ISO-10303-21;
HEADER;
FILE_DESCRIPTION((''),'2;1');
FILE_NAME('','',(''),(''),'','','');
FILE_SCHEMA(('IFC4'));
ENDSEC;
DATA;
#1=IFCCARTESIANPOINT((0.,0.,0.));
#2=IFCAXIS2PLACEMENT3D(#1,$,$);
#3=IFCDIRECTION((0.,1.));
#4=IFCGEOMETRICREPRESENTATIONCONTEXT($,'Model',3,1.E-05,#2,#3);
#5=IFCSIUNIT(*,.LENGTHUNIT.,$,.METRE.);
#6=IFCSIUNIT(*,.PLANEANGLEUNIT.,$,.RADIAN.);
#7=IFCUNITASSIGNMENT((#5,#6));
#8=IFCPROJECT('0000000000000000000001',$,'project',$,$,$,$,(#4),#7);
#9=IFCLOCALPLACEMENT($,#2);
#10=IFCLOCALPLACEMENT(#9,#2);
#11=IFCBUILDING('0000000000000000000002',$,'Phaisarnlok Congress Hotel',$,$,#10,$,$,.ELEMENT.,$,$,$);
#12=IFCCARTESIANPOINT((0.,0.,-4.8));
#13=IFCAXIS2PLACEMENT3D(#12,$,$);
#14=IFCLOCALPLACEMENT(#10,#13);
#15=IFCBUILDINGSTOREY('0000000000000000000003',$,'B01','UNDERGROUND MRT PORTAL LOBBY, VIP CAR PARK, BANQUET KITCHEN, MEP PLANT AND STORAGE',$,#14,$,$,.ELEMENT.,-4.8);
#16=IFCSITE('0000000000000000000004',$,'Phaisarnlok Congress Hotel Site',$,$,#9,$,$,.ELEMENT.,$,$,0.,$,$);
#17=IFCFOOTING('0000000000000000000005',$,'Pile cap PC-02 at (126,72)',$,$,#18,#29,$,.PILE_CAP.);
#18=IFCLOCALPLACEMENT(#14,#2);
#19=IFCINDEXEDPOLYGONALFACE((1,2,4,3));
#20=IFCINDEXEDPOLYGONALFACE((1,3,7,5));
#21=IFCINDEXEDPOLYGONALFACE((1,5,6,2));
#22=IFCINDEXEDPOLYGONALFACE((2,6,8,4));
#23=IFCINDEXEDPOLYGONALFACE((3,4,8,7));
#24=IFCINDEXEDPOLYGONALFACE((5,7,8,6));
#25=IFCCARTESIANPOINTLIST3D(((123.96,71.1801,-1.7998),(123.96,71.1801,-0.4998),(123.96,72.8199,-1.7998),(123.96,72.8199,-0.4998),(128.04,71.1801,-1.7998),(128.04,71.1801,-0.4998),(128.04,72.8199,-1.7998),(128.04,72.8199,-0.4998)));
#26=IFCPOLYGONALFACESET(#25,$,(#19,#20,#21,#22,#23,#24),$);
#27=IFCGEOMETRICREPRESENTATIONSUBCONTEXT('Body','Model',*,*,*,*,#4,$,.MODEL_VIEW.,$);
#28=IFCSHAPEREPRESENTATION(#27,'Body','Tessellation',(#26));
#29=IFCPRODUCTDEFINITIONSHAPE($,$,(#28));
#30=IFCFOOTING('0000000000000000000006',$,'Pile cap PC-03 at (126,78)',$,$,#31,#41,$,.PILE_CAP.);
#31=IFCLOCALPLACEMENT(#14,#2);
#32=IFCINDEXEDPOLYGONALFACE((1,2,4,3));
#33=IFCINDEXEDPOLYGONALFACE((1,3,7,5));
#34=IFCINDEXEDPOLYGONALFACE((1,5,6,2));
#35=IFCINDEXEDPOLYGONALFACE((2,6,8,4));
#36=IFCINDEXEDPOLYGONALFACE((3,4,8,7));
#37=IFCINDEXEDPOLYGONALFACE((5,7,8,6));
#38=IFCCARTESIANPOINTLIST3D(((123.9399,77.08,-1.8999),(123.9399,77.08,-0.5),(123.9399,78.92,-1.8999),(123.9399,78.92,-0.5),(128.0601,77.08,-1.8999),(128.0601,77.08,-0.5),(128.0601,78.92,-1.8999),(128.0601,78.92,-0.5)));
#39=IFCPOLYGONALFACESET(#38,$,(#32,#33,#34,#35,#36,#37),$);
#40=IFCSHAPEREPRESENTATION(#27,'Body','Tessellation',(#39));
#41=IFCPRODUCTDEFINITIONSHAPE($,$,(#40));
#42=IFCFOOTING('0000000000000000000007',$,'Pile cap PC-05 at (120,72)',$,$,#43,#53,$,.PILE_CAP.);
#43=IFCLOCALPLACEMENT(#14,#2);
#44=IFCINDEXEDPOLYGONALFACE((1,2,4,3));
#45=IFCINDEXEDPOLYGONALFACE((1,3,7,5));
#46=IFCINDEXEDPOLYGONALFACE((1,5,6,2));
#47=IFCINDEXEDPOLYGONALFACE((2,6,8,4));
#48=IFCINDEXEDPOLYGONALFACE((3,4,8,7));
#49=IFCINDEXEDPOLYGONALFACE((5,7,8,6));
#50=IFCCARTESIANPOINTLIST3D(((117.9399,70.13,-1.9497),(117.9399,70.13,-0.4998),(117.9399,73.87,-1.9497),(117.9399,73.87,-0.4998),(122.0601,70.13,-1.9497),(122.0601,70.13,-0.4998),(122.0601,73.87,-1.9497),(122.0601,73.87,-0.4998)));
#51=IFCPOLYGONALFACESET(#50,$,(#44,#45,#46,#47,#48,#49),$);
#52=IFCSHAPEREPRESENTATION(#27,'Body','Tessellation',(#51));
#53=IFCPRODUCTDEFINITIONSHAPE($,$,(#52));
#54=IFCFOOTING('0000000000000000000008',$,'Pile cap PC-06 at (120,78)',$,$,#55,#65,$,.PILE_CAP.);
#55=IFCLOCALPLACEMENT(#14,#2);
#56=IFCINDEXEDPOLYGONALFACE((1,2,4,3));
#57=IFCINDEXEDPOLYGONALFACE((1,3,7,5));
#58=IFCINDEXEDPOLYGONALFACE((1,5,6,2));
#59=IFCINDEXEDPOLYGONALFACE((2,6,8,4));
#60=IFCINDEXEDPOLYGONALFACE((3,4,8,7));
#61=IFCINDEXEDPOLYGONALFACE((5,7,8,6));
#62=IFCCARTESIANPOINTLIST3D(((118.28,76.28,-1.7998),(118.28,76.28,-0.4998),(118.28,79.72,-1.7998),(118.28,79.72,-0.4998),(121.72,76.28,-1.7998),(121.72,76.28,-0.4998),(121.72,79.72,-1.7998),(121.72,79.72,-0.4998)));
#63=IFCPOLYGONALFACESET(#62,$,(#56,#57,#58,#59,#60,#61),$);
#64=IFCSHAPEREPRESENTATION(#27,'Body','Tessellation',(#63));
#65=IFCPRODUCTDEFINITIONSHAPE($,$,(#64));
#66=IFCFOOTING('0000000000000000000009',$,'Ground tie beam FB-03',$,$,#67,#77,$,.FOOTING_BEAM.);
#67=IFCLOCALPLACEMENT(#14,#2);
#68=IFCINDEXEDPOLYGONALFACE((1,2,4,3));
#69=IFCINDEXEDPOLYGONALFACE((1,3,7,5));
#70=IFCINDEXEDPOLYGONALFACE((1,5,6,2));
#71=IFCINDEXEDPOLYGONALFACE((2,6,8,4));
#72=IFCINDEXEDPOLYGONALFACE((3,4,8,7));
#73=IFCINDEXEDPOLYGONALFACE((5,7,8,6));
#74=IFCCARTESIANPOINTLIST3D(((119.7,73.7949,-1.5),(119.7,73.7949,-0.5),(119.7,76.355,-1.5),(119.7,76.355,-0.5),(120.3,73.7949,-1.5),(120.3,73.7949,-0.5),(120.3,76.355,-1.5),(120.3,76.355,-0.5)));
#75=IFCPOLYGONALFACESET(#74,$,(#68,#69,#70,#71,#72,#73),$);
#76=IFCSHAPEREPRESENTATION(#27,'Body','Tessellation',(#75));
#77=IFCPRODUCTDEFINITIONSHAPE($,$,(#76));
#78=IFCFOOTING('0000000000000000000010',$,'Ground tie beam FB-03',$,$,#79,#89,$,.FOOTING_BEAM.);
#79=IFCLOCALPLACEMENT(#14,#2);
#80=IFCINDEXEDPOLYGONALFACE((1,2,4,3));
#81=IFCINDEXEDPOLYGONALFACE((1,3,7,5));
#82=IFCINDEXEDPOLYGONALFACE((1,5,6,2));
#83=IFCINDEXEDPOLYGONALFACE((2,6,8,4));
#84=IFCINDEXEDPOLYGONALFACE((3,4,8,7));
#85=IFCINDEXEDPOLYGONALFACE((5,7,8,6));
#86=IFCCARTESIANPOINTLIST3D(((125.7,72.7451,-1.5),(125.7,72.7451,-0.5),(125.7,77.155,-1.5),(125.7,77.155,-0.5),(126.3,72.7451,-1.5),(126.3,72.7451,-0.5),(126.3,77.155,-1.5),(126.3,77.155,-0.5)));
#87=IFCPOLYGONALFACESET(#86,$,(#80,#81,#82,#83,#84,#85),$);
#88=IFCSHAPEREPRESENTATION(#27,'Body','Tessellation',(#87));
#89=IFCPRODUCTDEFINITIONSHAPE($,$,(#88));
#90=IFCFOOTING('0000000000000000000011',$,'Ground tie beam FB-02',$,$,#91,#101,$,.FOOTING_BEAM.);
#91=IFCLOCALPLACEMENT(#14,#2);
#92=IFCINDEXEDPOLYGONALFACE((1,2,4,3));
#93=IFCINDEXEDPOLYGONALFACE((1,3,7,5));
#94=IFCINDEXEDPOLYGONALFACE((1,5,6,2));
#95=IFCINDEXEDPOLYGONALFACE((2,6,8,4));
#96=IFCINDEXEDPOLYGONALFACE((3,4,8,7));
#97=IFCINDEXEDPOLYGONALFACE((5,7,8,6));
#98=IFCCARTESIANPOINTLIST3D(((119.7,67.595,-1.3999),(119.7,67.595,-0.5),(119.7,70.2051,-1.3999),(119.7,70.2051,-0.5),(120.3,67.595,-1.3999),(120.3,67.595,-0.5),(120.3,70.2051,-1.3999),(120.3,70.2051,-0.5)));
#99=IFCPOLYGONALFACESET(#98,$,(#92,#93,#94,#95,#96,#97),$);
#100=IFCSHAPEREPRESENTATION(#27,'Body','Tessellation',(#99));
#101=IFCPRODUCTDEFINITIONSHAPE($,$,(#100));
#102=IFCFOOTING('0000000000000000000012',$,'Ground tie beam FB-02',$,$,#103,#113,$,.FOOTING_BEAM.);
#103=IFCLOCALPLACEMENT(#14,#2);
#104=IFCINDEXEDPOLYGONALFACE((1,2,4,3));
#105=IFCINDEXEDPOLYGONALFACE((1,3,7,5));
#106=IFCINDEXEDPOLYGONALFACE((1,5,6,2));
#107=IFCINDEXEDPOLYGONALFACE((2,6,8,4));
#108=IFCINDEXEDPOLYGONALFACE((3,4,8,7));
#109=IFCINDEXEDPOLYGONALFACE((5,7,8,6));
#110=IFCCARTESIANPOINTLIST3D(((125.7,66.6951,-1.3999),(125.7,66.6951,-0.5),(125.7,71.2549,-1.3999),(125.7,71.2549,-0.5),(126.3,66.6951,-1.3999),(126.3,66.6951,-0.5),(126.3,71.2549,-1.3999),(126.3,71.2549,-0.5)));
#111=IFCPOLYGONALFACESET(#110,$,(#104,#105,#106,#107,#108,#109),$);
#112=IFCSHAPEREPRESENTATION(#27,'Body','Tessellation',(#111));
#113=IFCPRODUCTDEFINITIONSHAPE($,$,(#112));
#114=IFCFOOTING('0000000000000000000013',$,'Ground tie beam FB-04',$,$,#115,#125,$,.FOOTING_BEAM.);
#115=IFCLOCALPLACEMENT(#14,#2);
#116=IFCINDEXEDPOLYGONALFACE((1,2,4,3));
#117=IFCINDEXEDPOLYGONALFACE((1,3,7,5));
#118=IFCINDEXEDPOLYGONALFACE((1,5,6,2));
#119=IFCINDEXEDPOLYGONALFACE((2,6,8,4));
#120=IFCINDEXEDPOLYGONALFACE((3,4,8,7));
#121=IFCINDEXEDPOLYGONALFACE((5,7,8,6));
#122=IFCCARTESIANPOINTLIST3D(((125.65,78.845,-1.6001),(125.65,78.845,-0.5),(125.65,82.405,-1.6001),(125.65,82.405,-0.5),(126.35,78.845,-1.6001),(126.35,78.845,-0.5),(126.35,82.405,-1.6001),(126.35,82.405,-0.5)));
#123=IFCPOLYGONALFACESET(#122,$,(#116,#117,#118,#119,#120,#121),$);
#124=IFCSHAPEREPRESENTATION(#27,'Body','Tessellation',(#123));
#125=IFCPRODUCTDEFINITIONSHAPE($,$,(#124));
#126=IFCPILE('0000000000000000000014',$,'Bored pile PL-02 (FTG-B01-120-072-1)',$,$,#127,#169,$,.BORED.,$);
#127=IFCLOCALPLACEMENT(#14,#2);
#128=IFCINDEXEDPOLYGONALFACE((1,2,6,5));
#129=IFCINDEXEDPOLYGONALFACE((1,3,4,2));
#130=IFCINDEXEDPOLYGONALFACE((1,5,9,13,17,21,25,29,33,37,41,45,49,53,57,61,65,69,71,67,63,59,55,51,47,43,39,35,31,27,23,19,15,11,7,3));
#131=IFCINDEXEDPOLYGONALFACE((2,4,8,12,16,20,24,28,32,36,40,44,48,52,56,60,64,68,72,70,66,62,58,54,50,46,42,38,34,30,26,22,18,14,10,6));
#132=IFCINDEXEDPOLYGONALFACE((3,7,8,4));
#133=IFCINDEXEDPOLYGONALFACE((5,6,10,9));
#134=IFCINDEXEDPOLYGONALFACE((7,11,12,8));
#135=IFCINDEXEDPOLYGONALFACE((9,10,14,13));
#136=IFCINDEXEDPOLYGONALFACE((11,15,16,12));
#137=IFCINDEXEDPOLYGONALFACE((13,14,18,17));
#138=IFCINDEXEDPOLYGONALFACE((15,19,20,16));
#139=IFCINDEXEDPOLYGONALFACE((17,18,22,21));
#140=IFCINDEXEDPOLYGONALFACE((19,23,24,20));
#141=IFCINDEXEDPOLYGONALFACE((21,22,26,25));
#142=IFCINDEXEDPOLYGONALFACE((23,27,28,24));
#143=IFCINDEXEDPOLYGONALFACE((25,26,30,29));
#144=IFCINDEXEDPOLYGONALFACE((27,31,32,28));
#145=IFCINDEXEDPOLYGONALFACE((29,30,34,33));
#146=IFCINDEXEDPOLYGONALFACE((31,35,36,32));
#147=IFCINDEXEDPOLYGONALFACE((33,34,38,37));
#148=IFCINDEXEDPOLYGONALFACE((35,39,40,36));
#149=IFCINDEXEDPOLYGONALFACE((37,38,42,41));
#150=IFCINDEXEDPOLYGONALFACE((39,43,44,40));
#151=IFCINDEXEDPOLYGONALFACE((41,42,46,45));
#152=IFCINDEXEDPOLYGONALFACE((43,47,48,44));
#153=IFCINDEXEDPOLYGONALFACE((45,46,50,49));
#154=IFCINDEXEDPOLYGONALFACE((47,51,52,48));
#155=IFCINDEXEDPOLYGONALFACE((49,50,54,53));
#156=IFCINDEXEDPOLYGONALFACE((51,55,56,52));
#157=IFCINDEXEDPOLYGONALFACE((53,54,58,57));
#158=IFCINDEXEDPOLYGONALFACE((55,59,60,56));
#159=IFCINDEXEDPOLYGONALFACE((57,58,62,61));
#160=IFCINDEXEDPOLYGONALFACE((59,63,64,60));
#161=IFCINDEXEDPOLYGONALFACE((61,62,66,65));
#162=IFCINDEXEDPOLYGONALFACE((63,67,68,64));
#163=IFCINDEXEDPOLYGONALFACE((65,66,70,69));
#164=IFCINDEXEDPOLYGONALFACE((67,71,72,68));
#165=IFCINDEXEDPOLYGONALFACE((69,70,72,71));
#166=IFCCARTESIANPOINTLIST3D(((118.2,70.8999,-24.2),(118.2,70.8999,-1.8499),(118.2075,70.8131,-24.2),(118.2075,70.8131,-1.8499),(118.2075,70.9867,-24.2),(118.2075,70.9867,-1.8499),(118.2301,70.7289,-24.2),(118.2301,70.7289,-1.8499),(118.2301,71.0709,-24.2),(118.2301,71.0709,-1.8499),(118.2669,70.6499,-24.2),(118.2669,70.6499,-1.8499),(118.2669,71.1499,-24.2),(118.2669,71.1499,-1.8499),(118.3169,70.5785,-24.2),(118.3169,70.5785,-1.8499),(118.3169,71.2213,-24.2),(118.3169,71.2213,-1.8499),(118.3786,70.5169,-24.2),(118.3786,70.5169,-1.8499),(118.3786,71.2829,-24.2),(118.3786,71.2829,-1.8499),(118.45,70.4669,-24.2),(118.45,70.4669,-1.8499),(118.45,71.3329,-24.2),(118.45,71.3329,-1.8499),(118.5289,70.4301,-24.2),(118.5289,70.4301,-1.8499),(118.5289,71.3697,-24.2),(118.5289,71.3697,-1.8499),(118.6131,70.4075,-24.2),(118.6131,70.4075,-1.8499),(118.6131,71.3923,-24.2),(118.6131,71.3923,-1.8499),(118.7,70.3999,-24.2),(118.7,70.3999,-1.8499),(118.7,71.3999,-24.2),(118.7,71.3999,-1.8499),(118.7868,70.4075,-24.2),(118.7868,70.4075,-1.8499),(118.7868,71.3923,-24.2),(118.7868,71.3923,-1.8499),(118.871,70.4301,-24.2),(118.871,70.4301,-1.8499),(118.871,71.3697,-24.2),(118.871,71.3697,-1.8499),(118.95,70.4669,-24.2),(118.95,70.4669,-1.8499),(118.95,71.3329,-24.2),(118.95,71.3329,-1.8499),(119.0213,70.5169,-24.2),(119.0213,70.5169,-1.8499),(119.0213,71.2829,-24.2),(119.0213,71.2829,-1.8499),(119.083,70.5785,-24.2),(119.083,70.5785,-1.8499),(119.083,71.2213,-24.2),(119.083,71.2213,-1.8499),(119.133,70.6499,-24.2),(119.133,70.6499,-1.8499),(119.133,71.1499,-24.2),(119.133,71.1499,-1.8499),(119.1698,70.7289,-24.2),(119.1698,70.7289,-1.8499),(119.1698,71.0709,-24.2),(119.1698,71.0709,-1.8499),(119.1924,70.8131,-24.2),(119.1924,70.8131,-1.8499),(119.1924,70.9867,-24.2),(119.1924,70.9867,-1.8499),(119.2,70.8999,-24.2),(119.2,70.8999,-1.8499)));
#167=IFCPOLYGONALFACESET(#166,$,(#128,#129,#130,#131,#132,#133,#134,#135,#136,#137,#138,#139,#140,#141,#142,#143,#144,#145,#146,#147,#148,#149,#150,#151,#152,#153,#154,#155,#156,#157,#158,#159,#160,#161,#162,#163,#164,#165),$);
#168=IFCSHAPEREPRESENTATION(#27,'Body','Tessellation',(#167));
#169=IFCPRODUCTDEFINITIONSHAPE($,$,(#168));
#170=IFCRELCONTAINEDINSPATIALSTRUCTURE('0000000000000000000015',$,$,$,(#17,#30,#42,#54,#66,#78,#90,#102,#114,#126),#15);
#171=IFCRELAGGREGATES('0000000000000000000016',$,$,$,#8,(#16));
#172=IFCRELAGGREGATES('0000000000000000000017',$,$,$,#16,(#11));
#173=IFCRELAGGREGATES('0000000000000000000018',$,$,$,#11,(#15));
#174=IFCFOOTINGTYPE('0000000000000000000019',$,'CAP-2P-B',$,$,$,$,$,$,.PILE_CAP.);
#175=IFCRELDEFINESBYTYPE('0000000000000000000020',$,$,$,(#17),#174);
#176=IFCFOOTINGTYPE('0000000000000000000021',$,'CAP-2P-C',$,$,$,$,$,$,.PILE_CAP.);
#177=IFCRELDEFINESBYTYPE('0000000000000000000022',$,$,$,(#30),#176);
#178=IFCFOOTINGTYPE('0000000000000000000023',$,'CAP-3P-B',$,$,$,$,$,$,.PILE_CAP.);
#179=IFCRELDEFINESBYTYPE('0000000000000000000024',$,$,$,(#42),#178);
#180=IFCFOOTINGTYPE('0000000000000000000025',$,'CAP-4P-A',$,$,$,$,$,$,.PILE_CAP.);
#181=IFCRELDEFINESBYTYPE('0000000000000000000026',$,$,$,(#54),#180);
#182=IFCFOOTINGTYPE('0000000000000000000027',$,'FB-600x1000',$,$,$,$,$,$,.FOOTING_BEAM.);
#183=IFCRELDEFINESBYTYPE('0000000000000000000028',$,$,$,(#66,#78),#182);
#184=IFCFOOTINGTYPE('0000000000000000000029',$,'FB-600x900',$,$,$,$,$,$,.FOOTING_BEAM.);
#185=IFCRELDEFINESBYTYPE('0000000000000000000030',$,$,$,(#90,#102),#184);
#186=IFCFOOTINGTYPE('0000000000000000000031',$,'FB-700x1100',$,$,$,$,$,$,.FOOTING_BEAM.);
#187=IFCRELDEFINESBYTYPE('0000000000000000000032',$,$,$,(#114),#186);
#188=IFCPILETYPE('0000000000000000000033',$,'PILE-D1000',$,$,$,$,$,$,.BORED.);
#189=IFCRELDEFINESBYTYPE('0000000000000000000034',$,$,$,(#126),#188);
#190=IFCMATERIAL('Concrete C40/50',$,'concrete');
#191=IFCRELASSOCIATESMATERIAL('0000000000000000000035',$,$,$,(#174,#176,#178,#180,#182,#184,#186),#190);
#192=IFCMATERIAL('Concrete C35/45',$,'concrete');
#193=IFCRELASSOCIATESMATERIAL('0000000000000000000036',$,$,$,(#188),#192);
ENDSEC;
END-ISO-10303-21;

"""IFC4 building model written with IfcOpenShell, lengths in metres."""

from ifc_helpers import new_model, si_unit, direction, frame, origin, origin_2d, place, context, subcontext, project, spatial, rectangle, circle, extrude, material, material_profile, profile_set, type_object, element, save


model = new_model("IFC4")

# Units and contexts
model_context = context("Model", 3, precision=1e-05, world=origin(), true_north=direction((0.0, 1.0)))
body_context = subcontext(model_context, "Body", "Model", "MODEL_VIEW")
ifc_project = project(units=[si_unit("LENGTHUNIT", "METRE"), si_unit("PLANEANGLEUNIT", "RADIAN")], contexts=[model_context])

# Site, building, storey
site_placement = place(None, origin())
site = spatial("IfcSite", under=ifc_project, at=site_placement, Name="Phaisarnlok Congress Hotel Site", CompositionType="ELEMENT", RefElevation=0.0)
building_placement = place(site_placement, origin())
building = spatial("IfcBuilding", under=site, at=building_placement, Name="Phaisarnlok Congress Hotel", CompositionType="ELEMENT")
storey_placement = place(building_placement, frame((0.0, 0.0, -4.8)))
storey = spatial("IfcBuildingStorey", under=building, at=storey_placement, Name="B01", Description="UNDERGROUND MRT PORTAL LOBBY, VIP CAR PARK, BANQUET KITCHEN, MEP PLANT AND STORAGE", CompositionType="ELEMENT", Elevation=-4.8)

# Footings
ifc_material_1 = material(Name="Concrete C40/50", Category="concrete")
footing_type_1 = type_object("IfcFootingType", Name="CAP-2P-B", PredefinedType="PILE_CAP", material=ifc_material_1)
footing_1_placement = place(storey_placement, frame((126.0, 72.0, -1.7998), z_axis=(0.0, 0.0, 1.0), x_axis=(1.0, 0.0, 0.0)))
element("IfcFooting", 1, at=footing_1_placement, inside=storey, type_object=footing_type_1, Name="Pile cap PC-02 at (126,72)", PredefinedType="PILE_CAP", context=body_context, shape_type="SweptSolid", body=[
    extrude(rectangle(XDim=4.0801, YDim=1.6399, at=origin_2d()), origin(), (0.0, 0.0, 1.0), 1.3),
])
footing_type_2 = type_object("IfcFootingType", Name="CAP-2P-C", PredefinedType="PILE_CAP", material=ifc_material_1)
footing_2_placement = place(storey_placement, frame((126.0, 78.0, -1.8999), z_axis=(0.0, 0.0, 1.0), x_axis=(1.0, 0.0, 0.0)))
element("IfcFooting", 2, at=footing_2_placement, inside=storey, type_object=footing_type_2, Name="Pile cap PC-03 at (126,78)", PredefinedType="PILE_CAP", context=body_context, shape_type="SweptSolid", body=[
    extrude(rectangle(XDim=4.1201, YDim=1.8401, at=origin_2d()), origin(), (0.0, 0.0, 1.0), 1.3999),
])
footing_type_3 = type_object("IfcFootingType", Name="CAP-3P-B", PredefinedType="PILE_CAP", material=ifc_material_1)
footing_3_placement = place(storey_placement, frame((120.0, 72.0, -1.9497), z_axis=(0.0, 0.0, 1.0), x_axis=(1.0, 0.0, 0.0)))
element("IfcFooting", 3, at=footing_3_placement, inside=storey, type_object=footing_type_3, Name="Pile cap PC-05 at (120,72)", PredefinedType="PILE_CAP", context=body_context, shape_type="SweptSolid", body=[
    extrude(rectangle(XDim=4.1201, YDim=3.74, at=origin_2d()), origin(), (0.0, 0.0, 1.0), 1.45),
])
footing_type_4 = type_object("IfcFootingType", Name="CAP-4P-A", PredefinedType="PILE_CAP", material=ifc_material_1)
footing_4_placement = place(storey_placement, frame((120.0, 78.0, -1.7998), z_axis=(0.0, 0.0, 1.0), x_axis=(1.0, 0.0, 0.0)))
element("IfcFooting", 4, at=footing_4_placement, inside=storey, type_object=footing_type_4, Name="Pile cap PC-06 at (120,78)", PredefinedType="PILE_CAP", context=body_context, shape_type="SweptSolid", body=[
    extrude(rectangle(XDim=3.4399, YDim=3.4399, at=origin_2d()), origin(), (0.0, 0.0, 1.0), 1.3),
])
ifc_material_profile_1 = material_profile(ifc_material_1, rectangle(XDim=0.6001, YDim=1.0, at=origin_2d()), Name="FB-600x1000")
ifc_profile_set_1 = profile_set([ifc_material_profile_1], Name="Concrete C40/50")
footing_type_5 = type_object("IfcFootingType", Name="FB-600x1000", PredefinedType="FOOTING_BEAM", material=ifc_profile_set_1)
footing_5_placement = place(storey_placement, frame((120.0, 73.7949, -1.0), z_axis=(0.0, 1.0, 0.0), x_axis=(-1.0, 0.0, 0.0)))
element("IfcFooting", 5, at=footing_5_placement, inside=storey, type_object=footing_type_5, Name="Ground tie beam FB-03", PredefinedType="FOOTING_BEAM", context=body_context, shape_type="SweptSolid", body=[
    extrude(rectangle(XDim=0.6001, YDim=1.0, at=origin_2d()), origin(), (0.0, 0.0, 1.0), 2.5601),
])
footing_6_placement = place(storey_placement, frame((126.0, 72.7451, -1.0), z_axis=(0.0, 1.0, 0.0), x_axis=(-1.0, 0.0, 0.0)))
element("IfcFooting", 6, at=footing_6_placement, inside=storey, type_object=footing_type_5, Name="Ground tie beam FB-03", PredefinedType="FOOTING_BEAM", context=body_context, shape_type="SweptSolid", body=[
    extrude(rectangle(XDim=0.6001, YDim=1.0, at=origin_2d()), origin(), (0.0, 0.0, 1.0), 4.4099),
])
ifc_material_profile_2 = material_profile(ifc_material_1, rectangle(XDim=0.6001, YDim=0.8999, at=origin_2d()), Name="FB-600x900")
ifc_profile_set_2 = profile_set([ifc_material_profile_2], Name="Concrete C40/50")
footing_type_6 = type_object("IfcFootingType", Name="FB-600x900", PredefinedType="FOOTING_BEAM", material=ifc_profile_set_2)
footing_7_placement = place(storey_placement, frame((120.0, 67.595, -0.95), z_axis=(0.0, 1.0, 0.0), x_axis=(-1.0, 0.0, 0.0)))
element("IfcFooting", 7, at=footing_7_placement, inside=storey, type_object=footing_type_6, Name="Ground tie beam FB-02", PredefinedType="FOOTING_BEAM", context=body_context, shape_type="SweptSolid", body=[
    extrude(rectangle(XDim=0.6001, YDim=0.8999, at=origin_2d()), origin(), (0.0, 0.0, 1.0), 2.6101),
])
footing_8_placement = place(storey_placement, frame((126.0, 66.6951, -0.95), z_axis=(0.0, 1.0, 0.0), x_axis=(-1.0, 0.0, 0.0)))
element("IfcFooting", 8, at=footing_8_placement, inside=storey, type_object=footing_type_6, Name="Ground tie beam FB-02", PredefinedType="FOOTING_BEAM", context=body_context, shape_type="SweptSolid", body=[
    extrude(rectangle(XDim=0.6001, YDim=0.8999, at=origin_2d()), origin(), (0.0, 0.0, 1.0), 4.5598),
])
ifc_material_profile_3 = material_profile(ifc_material_1, rectangle(XDim=0.7, YDim=1.1001, at=origin_2d()), Name="FB-700x1100")
ifc_profile_set_3 = profile_set([ifc_material_profile_3], Name="Concrete C40/50")
footing_type_7 = type_object("IfcFootingType", Name="FB-700x1100", PredefinedType="FOOTING_BEAM", material=ifc_profile_set_3)
footing_9_placement = place(storey_placement, frame((126.0, 78.845, -1.05), z_axis=(0.0, 1.0, 0.0), x_axis=(-1.0, 0.0, 0.0)))
element("IfcFooting", 9, at=footing_9_placement, inside=storey, type_object=footing_type_7, Name="Ground tie beam FB-04", PredefinedType="FOOTING_BEAM", context=body_context, shape_type="SweptSolid", body=[
    extrude(rectangle(XDim=0.7, YDim=1.1001, at=origin_2d()), origin(), (0.0, 0.0, 1.0), 3.5601),
])

# Pile
ifc_material_2 = material(Name="Concrete C35/45", Category="concrete")
ifc_material_profile_4 = material_profile(ifc_material_2, circle(Radius=0.5, at=origin_2d()), Name="BORED PILE D1000")
ifc_profile_set_4 = profile_set([ifc_material_profile_4], Name="Concrete C35/45")
pile_type_1 = type_object("IfcPileType", Name="PILE-D1000", PredefinedType="BORED", material=ifc_profile_set_4)
for number, where, z_axis, x_axis, name in (
    (10, (118.7, 70.8999, -1.8499), (0.0, 0.0, -1.0), (1.0, 0.0, 0.0), "Bored pile PL-02 (FTG-B01-120-072-1)"),
):
    element("IfcPile", number, at=place(storey_placement, frame(where, z_axis=z_axis, x_axis=x_axis)), inside=storey, type_object=pile_type_1, Name=name, PredefinedType="BORED", context=body_context, shape_type="SweptSolid", body=[
        extrude(circle(Radius=0.5, at=origin_2d()), origin(), (0.0, 0.0, 1.0), 22.3501),
    ])

save(model, "model.ifc")
